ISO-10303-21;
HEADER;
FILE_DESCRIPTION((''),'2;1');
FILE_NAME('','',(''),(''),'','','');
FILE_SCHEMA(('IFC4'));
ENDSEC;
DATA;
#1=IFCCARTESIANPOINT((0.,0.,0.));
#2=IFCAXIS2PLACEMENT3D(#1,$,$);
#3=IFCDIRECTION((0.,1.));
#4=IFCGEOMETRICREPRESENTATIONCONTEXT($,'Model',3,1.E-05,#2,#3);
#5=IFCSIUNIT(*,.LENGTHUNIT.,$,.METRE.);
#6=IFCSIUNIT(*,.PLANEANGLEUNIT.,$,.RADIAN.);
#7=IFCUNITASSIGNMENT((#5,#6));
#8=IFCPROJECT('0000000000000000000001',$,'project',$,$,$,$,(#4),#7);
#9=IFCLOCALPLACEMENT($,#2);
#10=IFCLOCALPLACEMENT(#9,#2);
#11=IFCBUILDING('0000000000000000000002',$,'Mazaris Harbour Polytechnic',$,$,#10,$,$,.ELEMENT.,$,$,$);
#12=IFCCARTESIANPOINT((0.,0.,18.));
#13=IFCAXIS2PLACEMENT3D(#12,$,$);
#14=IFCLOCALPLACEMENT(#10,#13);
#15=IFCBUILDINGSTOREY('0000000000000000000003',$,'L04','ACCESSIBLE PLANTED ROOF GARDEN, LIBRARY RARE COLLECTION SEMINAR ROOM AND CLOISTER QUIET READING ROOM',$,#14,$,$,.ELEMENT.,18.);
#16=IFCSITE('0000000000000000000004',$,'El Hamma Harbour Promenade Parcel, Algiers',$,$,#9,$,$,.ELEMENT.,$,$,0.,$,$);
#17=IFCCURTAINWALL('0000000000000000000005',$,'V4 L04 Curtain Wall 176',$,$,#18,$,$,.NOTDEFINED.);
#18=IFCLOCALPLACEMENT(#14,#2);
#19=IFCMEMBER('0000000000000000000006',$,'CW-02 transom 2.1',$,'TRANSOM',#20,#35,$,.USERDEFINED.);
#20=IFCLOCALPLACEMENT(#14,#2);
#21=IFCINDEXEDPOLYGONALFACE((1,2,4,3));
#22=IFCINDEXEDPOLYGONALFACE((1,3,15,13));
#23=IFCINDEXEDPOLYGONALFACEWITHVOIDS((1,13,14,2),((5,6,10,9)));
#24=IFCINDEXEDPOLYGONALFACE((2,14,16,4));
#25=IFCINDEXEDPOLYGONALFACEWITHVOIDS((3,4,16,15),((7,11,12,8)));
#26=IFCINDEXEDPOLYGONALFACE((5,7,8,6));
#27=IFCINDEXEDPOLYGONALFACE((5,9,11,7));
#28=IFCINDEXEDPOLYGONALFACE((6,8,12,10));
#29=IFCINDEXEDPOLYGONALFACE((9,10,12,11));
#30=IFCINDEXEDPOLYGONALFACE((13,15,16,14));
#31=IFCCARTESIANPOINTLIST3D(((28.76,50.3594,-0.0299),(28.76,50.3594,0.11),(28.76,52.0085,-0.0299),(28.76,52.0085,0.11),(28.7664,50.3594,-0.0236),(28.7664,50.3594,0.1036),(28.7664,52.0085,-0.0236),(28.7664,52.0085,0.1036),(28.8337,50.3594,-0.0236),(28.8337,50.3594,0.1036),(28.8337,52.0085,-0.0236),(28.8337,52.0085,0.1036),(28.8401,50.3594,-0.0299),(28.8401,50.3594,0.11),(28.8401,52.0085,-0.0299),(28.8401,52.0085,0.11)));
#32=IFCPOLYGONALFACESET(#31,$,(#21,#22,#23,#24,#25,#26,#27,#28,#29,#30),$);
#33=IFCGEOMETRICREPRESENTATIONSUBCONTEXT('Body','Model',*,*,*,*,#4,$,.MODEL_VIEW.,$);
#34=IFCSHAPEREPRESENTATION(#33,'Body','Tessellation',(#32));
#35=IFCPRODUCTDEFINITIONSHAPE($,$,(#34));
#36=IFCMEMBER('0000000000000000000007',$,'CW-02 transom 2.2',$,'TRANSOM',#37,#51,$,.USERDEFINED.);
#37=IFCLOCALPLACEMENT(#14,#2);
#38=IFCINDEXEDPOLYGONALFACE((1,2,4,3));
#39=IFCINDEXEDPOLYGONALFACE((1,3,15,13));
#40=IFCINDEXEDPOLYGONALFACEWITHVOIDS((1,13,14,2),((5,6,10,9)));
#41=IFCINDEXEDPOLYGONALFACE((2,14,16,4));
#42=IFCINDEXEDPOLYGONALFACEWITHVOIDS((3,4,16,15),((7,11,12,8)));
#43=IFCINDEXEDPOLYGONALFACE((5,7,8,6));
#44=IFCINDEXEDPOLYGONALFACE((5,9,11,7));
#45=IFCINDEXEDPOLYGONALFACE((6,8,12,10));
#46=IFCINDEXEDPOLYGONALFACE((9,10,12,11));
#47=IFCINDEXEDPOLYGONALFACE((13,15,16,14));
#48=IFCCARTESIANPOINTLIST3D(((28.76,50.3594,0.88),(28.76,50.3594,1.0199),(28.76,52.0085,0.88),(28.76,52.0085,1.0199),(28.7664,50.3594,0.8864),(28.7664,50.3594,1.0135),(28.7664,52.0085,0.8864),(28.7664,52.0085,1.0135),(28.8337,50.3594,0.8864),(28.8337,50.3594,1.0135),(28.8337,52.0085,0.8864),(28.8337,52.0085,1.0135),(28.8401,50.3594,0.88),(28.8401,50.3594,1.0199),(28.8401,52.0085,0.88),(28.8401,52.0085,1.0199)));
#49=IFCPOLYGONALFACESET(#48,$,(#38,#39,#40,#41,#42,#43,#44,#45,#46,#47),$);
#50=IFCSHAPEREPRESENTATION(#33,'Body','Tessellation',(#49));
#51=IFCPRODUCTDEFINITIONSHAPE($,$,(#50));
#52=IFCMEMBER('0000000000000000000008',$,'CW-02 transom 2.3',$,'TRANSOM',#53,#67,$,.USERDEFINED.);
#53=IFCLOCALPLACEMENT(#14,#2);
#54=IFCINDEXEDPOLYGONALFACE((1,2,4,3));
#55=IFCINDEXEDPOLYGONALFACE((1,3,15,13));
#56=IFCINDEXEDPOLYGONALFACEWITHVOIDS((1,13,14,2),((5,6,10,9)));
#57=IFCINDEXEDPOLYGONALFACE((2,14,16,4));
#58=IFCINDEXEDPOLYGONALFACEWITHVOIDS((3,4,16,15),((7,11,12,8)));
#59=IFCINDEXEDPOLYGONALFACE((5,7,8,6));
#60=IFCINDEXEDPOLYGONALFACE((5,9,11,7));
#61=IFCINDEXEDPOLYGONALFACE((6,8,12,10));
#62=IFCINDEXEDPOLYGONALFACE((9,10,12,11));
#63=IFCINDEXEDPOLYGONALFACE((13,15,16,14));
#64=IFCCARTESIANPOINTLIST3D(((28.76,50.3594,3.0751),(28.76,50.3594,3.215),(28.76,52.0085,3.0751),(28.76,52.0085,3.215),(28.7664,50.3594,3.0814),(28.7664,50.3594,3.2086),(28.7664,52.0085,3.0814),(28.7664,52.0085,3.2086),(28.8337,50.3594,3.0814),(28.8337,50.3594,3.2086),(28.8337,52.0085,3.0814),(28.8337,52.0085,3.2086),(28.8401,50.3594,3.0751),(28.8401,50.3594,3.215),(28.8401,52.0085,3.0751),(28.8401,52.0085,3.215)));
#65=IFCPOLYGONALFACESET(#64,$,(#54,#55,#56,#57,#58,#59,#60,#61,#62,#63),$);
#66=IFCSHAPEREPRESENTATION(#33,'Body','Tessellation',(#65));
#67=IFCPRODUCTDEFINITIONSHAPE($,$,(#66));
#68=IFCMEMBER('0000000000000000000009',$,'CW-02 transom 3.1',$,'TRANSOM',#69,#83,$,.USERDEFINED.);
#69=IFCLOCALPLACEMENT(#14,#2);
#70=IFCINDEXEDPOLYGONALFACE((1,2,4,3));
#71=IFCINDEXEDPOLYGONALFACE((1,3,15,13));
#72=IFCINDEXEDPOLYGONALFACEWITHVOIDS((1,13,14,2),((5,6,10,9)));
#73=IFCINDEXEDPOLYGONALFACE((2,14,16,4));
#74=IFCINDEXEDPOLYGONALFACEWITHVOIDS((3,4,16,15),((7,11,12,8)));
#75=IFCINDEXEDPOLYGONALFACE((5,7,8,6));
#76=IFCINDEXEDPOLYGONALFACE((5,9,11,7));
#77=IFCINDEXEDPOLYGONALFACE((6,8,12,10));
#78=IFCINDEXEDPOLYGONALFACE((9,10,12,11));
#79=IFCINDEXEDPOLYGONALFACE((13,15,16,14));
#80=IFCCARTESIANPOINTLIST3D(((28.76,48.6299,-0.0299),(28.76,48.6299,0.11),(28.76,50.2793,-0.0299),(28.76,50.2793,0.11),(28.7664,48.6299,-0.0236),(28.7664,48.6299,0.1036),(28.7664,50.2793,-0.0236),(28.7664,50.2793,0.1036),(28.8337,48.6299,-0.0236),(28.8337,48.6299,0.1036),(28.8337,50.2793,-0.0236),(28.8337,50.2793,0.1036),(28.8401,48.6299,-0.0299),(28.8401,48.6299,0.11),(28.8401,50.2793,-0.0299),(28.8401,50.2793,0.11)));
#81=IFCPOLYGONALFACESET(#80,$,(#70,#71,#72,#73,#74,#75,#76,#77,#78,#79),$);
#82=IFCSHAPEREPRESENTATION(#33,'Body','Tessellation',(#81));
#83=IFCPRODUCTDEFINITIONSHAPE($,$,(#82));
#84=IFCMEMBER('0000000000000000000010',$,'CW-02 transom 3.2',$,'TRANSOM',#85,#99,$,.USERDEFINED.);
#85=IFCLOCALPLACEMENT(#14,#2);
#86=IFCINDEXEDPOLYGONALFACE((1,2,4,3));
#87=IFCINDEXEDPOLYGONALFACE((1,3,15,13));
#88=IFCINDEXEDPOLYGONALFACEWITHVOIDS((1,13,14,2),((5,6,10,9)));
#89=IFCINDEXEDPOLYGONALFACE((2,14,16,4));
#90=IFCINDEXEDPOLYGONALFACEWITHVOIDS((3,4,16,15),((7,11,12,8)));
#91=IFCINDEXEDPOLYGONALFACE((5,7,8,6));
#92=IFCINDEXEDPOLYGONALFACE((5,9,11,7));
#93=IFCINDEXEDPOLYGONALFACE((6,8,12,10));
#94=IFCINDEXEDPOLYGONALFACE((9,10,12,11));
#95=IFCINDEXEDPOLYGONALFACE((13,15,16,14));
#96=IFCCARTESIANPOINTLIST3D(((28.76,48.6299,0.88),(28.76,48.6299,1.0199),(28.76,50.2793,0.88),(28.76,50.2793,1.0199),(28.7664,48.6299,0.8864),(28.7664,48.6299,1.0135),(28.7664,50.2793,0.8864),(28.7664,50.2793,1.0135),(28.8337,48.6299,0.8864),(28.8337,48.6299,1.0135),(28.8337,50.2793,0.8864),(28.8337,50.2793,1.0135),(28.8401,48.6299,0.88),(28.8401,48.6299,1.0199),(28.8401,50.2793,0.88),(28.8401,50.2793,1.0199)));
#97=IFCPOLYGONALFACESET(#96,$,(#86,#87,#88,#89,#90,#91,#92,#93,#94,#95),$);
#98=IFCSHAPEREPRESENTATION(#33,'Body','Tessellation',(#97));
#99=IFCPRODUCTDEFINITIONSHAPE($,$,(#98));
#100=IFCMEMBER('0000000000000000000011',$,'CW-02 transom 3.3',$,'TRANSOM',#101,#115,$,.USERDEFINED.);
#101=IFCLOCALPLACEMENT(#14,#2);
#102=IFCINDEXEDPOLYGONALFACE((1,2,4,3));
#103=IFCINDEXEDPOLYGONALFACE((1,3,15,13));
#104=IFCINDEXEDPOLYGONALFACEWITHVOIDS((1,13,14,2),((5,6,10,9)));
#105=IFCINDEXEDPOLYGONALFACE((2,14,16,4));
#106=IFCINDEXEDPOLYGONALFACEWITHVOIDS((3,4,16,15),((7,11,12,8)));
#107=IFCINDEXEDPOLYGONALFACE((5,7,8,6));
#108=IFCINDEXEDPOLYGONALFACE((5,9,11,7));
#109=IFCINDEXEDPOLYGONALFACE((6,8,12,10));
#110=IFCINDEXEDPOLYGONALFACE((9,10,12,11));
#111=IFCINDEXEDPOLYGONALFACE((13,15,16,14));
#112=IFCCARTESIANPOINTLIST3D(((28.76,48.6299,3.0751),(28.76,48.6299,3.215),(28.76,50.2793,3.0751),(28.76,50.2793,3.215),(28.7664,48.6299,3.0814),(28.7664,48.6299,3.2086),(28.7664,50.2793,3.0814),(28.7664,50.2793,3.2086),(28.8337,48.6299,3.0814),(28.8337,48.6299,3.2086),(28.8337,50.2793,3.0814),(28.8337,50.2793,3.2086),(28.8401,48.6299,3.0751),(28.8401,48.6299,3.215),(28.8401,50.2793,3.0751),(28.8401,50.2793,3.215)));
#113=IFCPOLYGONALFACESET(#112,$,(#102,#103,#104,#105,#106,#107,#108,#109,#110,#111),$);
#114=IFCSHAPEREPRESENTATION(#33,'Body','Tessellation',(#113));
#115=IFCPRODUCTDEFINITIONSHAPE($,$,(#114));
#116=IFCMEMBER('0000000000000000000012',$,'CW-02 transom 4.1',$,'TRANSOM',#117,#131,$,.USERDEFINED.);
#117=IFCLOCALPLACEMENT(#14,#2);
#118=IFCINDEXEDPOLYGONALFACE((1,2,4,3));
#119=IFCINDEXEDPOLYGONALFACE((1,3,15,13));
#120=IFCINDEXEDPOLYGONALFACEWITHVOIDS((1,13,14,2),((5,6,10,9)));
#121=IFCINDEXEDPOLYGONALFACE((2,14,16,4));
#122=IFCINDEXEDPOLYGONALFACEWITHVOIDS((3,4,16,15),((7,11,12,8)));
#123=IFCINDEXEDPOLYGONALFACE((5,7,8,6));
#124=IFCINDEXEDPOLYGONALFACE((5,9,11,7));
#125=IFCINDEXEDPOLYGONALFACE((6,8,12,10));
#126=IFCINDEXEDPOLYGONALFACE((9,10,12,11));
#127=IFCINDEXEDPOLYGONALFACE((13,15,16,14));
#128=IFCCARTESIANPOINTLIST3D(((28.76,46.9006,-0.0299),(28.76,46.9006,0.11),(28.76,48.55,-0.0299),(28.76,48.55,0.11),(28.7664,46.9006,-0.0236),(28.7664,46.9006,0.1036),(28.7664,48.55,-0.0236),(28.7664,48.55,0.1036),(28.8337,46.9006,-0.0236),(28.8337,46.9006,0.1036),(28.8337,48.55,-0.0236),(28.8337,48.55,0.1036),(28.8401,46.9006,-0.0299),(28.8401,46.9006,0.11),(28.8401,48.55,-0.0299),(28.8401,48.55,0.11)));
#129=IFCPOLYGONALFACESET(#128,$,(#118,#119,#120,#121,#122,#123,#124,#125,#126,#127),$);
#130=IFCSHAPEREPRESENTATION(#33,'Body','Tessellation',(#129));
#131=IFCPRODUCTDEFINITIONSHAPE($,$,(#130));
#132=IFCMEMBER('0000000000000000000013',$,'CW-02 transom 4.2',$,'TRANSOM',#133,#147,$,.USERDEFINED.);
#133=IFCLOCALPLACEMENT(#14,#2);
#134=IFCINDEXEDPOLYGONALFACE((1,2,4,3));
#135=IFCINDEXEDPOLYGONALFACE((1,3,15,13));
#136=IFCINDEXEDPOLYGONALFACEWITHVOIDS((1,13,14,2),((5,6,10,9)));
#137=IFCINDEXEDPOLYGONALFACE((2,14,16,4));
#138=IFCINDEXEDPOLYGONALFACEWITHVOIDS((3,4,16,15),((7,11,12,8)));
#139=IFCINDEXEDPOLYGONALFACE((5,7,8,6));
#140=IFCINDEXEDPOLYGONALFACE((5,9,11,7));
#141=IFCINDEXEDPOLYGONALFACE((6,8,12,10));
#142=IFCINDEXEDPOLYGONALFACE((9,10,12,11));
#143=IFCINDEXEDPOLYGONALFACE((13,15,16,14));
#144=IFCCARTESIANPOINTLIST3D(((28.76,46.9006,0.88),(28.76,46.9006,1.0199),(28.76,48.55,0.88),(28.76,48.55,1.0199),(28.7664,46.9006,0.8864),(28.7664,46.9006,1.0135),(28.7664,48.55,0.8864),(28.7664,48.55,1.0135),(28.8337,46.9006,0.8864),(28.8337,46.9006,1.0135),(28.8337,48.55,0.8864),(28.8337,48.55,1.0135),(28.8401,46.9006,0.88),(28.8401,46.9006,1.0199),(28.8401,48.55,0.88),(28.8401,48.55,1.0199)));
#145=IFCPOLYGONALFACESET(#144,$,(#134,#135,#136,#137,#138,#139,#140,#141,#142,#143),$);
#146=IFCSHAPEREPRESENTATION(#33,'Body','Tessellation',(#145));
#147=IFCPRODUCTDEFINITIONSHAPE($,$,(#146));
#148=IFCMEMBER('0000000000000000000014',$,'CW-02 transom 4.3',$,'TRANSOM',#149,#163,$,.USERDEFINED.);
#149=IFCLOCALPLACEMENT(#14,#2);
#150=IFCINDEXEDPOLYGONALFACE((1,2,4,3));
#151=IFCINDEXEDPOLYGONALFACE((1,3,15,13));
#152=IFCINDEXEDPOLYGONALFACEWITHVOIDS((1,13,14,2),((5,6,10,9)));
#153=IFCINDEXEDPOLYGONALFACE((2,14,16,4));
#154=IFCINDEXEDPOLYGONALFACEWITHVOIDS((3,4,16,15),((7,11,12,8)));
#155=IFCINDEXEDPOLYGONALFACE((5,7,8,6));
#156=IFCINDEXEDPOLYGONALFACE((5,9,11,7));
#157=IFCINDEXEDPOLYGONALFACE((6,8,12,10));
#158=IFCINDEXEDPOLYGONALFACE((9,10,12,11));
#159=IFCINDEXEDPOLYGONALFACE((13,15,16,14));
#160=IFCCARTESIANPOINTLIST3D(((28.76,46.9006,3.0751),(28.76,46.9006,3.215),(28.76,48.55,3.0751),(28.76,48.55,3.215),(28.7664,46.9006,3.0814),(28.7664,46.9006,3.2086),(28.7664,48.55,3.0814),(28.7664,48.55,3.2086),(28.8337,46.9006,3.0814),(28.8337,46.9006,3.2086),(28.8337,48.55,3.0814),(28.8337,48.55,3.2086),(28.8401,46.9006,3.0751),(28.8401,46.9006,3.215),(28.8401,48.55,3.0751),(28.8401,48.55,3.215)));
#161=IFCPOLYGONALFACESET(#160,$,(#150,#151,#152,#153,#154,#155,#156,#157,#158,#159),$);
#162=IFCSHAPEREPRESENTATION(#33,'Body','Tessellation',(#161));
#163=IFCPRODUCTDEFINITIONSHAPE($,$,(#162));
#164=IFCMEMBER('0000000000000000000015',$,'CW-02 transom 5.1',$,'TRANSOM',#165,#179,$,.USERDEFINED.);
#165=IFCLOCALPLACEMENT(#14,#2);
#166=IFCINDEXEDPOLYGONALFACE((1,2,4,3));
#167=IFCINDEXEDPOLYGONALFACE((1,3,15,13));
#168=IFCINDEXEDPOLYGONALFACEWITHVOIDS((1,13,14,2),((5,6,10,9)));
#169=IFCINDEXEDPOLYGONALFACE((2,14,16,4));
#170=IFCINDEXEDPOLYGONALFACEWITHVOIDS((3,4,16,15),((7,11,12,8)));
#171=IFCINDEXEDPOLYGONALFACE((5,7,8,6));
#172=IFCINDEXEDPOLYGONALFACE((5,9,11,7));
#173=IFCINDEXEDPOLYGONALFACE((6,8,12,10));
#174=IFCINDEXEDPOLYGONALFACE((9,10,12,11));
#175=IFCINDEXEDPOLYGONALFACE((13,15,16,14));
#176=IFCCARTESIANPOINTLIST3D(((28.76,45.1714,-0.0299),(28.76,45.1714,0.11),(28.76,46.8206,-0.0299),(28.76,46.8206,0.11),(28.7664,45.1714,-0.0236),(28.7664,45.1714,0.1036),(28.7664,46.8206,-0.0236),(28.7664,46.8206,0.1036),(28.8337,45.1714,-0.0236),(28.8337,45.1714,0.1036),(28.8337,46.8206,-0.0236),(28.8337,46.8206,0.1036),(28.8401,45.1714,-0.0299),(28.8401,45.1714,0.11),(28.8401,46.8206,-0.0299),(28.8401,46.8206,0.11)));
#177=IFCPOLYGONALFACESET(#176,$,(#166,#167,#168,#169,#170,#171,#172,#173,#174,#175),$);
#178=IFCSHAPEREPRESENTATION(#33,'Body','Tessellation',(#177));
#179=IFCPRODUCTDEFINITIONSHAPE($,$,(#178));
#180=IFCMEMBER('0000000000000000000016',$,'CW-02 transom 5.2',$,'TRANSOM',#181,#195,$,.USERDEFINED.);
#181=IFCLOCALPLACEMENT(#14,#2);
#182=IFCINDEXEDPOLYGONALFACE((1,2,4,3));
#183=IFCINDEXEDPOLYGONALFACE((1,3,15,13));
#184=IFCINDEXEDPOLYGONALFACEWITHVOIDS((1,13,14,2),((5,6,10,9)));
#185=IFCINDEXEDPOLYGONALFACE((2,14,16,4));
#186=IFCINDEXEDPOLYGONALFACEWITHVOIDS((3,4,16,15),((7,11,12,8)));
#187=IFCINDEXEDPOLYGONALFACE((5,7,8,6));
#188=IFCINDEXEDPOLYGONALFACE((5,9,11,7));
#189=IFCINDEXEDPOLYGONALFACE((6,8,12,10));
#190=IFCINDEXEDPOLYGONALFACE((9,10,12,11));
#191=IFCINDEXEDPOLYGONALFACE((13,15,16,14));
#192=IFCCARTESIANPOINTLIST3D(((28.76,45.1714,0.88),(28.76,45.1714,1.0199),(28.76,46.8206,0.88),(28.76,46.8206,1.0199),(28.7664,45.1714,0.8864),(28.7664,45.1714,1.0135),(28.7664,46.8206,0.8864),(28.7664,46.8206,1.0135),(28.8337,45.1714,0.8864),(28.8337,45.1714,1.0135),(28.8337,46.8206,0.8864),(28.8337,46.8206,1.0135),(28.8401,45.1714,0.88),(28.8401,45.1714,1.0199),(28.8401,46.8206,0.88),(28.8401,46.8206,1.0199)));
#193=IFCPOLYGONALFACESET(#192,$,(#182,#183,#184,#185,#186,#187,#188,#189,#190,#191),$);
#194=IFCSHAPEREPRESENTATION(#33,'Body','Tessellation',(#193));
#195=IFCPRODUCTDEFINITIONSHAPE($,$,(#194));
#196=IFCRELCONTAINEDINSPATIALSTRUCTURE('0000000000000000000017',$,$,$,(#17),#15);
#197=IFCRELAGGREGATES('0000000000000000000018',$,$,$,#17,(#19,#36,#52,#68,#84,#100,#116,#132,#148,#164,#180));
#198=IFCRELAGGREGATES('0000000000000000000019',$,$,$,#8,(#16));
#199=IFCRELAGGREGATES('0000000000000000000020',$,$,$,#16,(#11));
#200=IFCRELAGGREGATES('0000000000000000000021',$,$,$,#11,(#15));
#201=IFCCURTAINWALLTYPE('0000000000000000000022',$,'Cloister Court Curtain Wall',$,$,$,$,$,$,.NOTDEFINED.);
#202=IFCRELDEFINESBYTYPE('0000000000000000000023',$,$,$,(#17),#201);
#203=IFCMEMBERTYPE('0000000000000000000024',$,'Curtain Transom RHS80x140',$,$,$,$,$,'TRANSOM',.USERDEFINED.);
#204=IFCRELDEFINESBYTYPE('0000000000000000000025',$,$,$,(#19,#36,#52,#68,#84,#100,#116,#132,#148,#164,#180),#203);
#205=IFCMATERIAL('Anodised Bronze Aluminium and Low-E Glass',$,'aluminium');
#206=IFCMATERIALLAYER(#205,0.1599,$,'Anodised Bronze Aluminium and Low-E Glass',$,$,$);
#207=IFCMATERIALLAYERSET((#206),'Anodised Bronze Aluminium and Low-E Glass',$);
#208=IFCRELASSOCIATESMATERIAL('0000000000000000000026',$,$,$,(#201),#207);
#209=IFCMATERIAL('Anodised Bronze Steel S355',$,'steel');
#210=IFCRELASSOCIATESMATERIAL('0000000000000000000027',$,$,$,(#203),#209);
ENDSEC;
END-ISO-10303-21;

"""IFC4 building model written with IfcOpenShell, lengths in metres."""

from ifc_helpers import new_model, si_unit, direction, frame, origin, origin_2d, place, context, subcontext, project, spatial, hollow_rectangle, extrude, material, layer, layer_set, material_profile, profile_set, type_object, element, aggregate, save


model = new_model("IFC4")

# Units and contexts
model_context = context("Model", 3, precision=1e-05, world=origin(), true_north=direction((0.0, 1.0)))
body_context = subcontext(model_context, "Body", "Model", "MODEL_VIEW")
ifc_project = project(units=[si_unit("LENGTHUNIT", "METRE"), si_unit("PLANEANGLEUNIT", "RADIAN")], contexts=[model_context])

# Site, building, storey
site_placement = place(None, origin())
site = spatial("IfcSite", under=ifc_project, at=site_placement, Name="El Hamma Harbour Promenade Parcel, Algiers", CompositionType="ELEMENT", RefElevation=0.0)
building_placement = place(site_placement, origin())
building = spatial("IfcBuilding", under=site, at=building_placement, Name="Mazaris Harbour Polytechnic", CompositionType="ELEMENT")
storey_placement = place(building_placement, frame((0.0, 0.0, 18.0)))
storey = spatial("IfcBuildingStorey", under=building, at=storey_placement, Name="L04", Description="ACCESSIBLE PLANTED ROOF GARDEN, LIBRARY RARE COLLECTION SEMINAR ROOM AND CLOISTER QUIET READING ROOM", CompositionType="ELEMENT", Elevation=18.0)

# Curtain wall, members
ifc_material_1 = material(Name="Anodised Bronze Aluminium and Low-E Glass", Category="aluminium")
ifc_layer_1 = layer(ifc_material_1, 0.1599, Name="Anodised Bronze Aluminium and Low-E Glass")
ifc_layer_set_1 = layer_set([ifc_layer_1], Name="Anodised Bronze Aluminium and Low-E Glass")
curtain_wall_type = type_object("IfcCurtainWallType", Name="Cloister Court Curtain Wall", PredefinedType="NOTDEFINED", material=ifc_layer_set_1)
curtain_wall_placement = place(storey_placement, origin())
curtain_wall = element("IfcCurtainWall", 1, at=curtain_wall_placement, inside=storey, type_object=curtain_wall_type, Name="V4 L04 Curtain Wall 176", PredefinedType="NOTDEFINED")
ifc_material_2 = material(Name="Anodised Bronze Steel S355", Category="steel")
ifc_material_profile = material_profile(ifc_material_2, hollow_rectangle(XDim=0.0801, YDim=0.1399, WallThickness=0.0063, at=origin_2d()), Name="RHS 80x140x6.3")
ifc_profile_set = profile_set([ifc_material_profile], Name="Anodised Bronze Steel S355")
member_type = type_object("IfcMemberType", Name="Curtain Transom RHS80x140", ElementType="TRANSOM", PredefinedType="USERDEFINED", material=ifc_profile_set)
member_1_placement = place(storey_placement, frame((28.8, 52.0085, 0.04), z_axis=(0.0, -1.0, 0.0), x_axis=(1.0, 0.0, 0.0)))
member_1 = element("IfcMember", 2, at=member_1_placement, type_object=member_type, Name="CW-02 transom 2.1", ObjectType="TRANSOM", PredefinedType="USERDEFINED", context=body_context, shape_type="SweptSolid", body=[
    extrude(hollow_rectangle(XDim=0.0801, YDim=0.1399, WallThickness=0.0063, at=origin_2d()), origin(), (0.0, 0.0, 1.0), 1.6492),
])
member_2_placement = place(storey_placement, frame((28.8, 52.0085, 0.95), z_axis=(0.0, -1.0, 0.0), x_axis=(1.0, 0.0, 0.0)))
member_2 = element("IfcMember", 3, at=member_2_placement, type_object=member_type, Name="CW-02 transom 2.2", ObjectType="TRANSOM", PredefinedType="USERDEFINED", context=body_context, shape_type="SweptSolid", body=[
    extrude(hollow_rectangle(XDim=0.0801, YDim=0.1399, WallThickness=0.0063, at=origin_2d()), origin(), (0.0, 0.0, 1.0), 1.6492),
])
member_3_placement = place(storey_placement, frame((28.8, 52.0085, 3.145), z_axis=(0.0, -1.0, 0.0), x_axis=(1.0, 0.0, 0.0)))
member_3 = element("IfcMember", 4, at=member_3_placement, type_object=member_type, Name="CW-02 transom 2.3", ObjectType="TRANSOM", PredefinedType="USERDEFINED", context=body_context, shape_type="SweptSolid", body=[
    extrude(hollow_rectangle(XDim=0.0801, YDim=0.1399, WallThickness=0.0063, at=origin_2d()), origin(), (0.0, 0.0, 1.0), 1.6492),
])
member_4_placement = place(storey_placement, frame((28.8, 50.2793, 0.04), z_axis=(0.0, -1.0, 0.0), x_axis=(1.0, 0.0, 0.0)))
member_4 = element("IfcMember", 5, at=member_4_placement, type_object=member_type, Name="CW-02 transom 3.1", ObjectType="TRANSOM", PredefinedType="USERDEFINED", context=body_context, shape_type="SweptSolid", body=[
    extrude(hollow_rectangle(XDim=0.0801, YDim=0.1399, WallThickness=0.0063, at=origin_2d()), origin(), (0.0, 0.0, 1.0), 1.6494),
])
member_5_placement = place(storey_placement, frame((28.8, 50.2793, 0.95), z_axis=(0.0, -1.0, 0.0), x_axis=(1.0, 0.0, 0.0)))
member_5 = element("IfcMember", 6, at=member_5_placement, type_object=member_type, Name="CW-02 transom 3.2", ObjectType="TRANSOM", PredefinedType="USERDEFINED", context=body_context, shape_type="SweptSolid", body=[
    extrude(hollow_rectangle(XDim=0.0801, YDim=0.1399, WallThickness=0.0063, at=origin_2d()), origin(), (0.0, 0.0, 1.0), 1.6494),
])
member_6_placement = place(storey_placement, frame((28.8, 50.2793, 3.145), z_axis=(0.0, -1.0, 0.0), x_axis=(1.0, 0.0, 0.0)))
member_6 = element("IfcMember", 7, at=member_6_placement, type_object=member_type, Name="CW-02 transom 3.3", ObjectType="TRANSOM", PredefinedType="USERDEFINED", context=body_context, shape_type="SweptSolid", body=[
    extrude(hollow_rectangle(XDim=0.0801, YDim=0.1399, WallThickness=0.0063, at=origin_2d()), origin(), (0.0, 0.0, 1.0), 1.6494),
])
member_7_placement = place(storey_placement, frame((28.8, 48.55, 0.04), z_axis=(0.0, -1.0, 0.0), x_axis=(1.0, 0.0, 0.0)))
member_7 = element("IfcMember", 8, at=member_7_placement, type_object=member_type, Name="CW-02 transom 4.1", ObjectType="TRANSOM", PredefinedType="USERDEFINED", context=body_context, shape_type="SweptSolid", body=[
    extrude(hollow_rectangle(XDim=0.0801, YDim=0.1399, WallThickness=0.0063, at=origin_2d()), origin(), (0.0, 0.0, 1.0), 1.6494),
])
member_8_placement = place(storey_placement, frame((28.8, 48.55, 0.95), z_axis=(0.0, -1.0, 0.0), x_axis=(1.0, 0.0, 0.0)))
member_8 = element("IfcMember", 9, at=member_8_placement, type_object=member_type, Name="CW-02 transom 4.2", ObjectType="TRANSOM", PredefinedType="USERDEFINED", context=body_context, shape_type="SweptSolid", body=[
    extrude(hollow_rectangle(XDim=0.0801, YDim=0.1399, WallThickness=0.0063, at=origin_2d()), origin(), (0.0, 0.0, 1.0), 1.6494),
])
member_9_placement = place(storey_placement, frame((28.8, 48.55, 3.145), z_axis=(0.0, -1.0, 0.0), x_axis=(1.0, 0.0, 0.0)))
member_9 = element("IfcMember", 10, at=member_9_placement, type_object=member_type, Name="CW-02 transom 4.3", ObjectType="TRANSOM", PredefinedType="USERDEFINED", context=body_context, shape_type="SweptSolid", body=[
    extrude(hollow_rectangle(XDim=0.0801, YDim=0.1399, WallThickness=0.0063, at=origin_2d()), origin(), (0.0, 0.0, 1.0), 1.6494),
])
member_10_placement = place(storey_placement, frame((28.8, 46.8206, 0.04), z_axis=(0.0, -1.0, 0.0), x_axis=(1.0, 0.0, 0.0)))
member_10 = element("IfcMember", 11, at=member_10_placement, type_object=member_type, Name="CW-02 transom 5.1", ObjectType="TRANSOM", PredefinedType="USERDEFINED", context=body_context, shape_type="SweptSolid", body=[
    extrude(hollow_rectangle(XDim=0.0801, YDim=0.1399, WallThickness=0.0063, at=origin_2d()), origin(), (0.0, 0.0, 1.0), 1.6492),
])
member_11_placement = place(storey_placement, frame((28.8, 46.8206, 0.95), z_axis=(0.0, -1.0, 0.0), x_axis=(1.0, 0.0, 0.0)))
member_11 = element("IfcMember", 12, at=member_11_placement, type_object=member_type, Name="CW-02 transom 5.2", ObjectType="TRANSOM", PredefinedType="USERDEFINED", context=body_context, shape_type="SweptSolid", body=[
    extrude(hollow_rectangle(XDim=0.0801, YDim=0.1399, WallThickness=0.0063, at=origin_2d()), origin(), (0.0, 0.0, 1.0), 1.6492),
])
aggregate(curtain_wall, [member_1, member_2, member_3, member_4, member_5, member_6, member_7, member_8, member_9, member_10, member_11])

save(model, "model.ifc")
